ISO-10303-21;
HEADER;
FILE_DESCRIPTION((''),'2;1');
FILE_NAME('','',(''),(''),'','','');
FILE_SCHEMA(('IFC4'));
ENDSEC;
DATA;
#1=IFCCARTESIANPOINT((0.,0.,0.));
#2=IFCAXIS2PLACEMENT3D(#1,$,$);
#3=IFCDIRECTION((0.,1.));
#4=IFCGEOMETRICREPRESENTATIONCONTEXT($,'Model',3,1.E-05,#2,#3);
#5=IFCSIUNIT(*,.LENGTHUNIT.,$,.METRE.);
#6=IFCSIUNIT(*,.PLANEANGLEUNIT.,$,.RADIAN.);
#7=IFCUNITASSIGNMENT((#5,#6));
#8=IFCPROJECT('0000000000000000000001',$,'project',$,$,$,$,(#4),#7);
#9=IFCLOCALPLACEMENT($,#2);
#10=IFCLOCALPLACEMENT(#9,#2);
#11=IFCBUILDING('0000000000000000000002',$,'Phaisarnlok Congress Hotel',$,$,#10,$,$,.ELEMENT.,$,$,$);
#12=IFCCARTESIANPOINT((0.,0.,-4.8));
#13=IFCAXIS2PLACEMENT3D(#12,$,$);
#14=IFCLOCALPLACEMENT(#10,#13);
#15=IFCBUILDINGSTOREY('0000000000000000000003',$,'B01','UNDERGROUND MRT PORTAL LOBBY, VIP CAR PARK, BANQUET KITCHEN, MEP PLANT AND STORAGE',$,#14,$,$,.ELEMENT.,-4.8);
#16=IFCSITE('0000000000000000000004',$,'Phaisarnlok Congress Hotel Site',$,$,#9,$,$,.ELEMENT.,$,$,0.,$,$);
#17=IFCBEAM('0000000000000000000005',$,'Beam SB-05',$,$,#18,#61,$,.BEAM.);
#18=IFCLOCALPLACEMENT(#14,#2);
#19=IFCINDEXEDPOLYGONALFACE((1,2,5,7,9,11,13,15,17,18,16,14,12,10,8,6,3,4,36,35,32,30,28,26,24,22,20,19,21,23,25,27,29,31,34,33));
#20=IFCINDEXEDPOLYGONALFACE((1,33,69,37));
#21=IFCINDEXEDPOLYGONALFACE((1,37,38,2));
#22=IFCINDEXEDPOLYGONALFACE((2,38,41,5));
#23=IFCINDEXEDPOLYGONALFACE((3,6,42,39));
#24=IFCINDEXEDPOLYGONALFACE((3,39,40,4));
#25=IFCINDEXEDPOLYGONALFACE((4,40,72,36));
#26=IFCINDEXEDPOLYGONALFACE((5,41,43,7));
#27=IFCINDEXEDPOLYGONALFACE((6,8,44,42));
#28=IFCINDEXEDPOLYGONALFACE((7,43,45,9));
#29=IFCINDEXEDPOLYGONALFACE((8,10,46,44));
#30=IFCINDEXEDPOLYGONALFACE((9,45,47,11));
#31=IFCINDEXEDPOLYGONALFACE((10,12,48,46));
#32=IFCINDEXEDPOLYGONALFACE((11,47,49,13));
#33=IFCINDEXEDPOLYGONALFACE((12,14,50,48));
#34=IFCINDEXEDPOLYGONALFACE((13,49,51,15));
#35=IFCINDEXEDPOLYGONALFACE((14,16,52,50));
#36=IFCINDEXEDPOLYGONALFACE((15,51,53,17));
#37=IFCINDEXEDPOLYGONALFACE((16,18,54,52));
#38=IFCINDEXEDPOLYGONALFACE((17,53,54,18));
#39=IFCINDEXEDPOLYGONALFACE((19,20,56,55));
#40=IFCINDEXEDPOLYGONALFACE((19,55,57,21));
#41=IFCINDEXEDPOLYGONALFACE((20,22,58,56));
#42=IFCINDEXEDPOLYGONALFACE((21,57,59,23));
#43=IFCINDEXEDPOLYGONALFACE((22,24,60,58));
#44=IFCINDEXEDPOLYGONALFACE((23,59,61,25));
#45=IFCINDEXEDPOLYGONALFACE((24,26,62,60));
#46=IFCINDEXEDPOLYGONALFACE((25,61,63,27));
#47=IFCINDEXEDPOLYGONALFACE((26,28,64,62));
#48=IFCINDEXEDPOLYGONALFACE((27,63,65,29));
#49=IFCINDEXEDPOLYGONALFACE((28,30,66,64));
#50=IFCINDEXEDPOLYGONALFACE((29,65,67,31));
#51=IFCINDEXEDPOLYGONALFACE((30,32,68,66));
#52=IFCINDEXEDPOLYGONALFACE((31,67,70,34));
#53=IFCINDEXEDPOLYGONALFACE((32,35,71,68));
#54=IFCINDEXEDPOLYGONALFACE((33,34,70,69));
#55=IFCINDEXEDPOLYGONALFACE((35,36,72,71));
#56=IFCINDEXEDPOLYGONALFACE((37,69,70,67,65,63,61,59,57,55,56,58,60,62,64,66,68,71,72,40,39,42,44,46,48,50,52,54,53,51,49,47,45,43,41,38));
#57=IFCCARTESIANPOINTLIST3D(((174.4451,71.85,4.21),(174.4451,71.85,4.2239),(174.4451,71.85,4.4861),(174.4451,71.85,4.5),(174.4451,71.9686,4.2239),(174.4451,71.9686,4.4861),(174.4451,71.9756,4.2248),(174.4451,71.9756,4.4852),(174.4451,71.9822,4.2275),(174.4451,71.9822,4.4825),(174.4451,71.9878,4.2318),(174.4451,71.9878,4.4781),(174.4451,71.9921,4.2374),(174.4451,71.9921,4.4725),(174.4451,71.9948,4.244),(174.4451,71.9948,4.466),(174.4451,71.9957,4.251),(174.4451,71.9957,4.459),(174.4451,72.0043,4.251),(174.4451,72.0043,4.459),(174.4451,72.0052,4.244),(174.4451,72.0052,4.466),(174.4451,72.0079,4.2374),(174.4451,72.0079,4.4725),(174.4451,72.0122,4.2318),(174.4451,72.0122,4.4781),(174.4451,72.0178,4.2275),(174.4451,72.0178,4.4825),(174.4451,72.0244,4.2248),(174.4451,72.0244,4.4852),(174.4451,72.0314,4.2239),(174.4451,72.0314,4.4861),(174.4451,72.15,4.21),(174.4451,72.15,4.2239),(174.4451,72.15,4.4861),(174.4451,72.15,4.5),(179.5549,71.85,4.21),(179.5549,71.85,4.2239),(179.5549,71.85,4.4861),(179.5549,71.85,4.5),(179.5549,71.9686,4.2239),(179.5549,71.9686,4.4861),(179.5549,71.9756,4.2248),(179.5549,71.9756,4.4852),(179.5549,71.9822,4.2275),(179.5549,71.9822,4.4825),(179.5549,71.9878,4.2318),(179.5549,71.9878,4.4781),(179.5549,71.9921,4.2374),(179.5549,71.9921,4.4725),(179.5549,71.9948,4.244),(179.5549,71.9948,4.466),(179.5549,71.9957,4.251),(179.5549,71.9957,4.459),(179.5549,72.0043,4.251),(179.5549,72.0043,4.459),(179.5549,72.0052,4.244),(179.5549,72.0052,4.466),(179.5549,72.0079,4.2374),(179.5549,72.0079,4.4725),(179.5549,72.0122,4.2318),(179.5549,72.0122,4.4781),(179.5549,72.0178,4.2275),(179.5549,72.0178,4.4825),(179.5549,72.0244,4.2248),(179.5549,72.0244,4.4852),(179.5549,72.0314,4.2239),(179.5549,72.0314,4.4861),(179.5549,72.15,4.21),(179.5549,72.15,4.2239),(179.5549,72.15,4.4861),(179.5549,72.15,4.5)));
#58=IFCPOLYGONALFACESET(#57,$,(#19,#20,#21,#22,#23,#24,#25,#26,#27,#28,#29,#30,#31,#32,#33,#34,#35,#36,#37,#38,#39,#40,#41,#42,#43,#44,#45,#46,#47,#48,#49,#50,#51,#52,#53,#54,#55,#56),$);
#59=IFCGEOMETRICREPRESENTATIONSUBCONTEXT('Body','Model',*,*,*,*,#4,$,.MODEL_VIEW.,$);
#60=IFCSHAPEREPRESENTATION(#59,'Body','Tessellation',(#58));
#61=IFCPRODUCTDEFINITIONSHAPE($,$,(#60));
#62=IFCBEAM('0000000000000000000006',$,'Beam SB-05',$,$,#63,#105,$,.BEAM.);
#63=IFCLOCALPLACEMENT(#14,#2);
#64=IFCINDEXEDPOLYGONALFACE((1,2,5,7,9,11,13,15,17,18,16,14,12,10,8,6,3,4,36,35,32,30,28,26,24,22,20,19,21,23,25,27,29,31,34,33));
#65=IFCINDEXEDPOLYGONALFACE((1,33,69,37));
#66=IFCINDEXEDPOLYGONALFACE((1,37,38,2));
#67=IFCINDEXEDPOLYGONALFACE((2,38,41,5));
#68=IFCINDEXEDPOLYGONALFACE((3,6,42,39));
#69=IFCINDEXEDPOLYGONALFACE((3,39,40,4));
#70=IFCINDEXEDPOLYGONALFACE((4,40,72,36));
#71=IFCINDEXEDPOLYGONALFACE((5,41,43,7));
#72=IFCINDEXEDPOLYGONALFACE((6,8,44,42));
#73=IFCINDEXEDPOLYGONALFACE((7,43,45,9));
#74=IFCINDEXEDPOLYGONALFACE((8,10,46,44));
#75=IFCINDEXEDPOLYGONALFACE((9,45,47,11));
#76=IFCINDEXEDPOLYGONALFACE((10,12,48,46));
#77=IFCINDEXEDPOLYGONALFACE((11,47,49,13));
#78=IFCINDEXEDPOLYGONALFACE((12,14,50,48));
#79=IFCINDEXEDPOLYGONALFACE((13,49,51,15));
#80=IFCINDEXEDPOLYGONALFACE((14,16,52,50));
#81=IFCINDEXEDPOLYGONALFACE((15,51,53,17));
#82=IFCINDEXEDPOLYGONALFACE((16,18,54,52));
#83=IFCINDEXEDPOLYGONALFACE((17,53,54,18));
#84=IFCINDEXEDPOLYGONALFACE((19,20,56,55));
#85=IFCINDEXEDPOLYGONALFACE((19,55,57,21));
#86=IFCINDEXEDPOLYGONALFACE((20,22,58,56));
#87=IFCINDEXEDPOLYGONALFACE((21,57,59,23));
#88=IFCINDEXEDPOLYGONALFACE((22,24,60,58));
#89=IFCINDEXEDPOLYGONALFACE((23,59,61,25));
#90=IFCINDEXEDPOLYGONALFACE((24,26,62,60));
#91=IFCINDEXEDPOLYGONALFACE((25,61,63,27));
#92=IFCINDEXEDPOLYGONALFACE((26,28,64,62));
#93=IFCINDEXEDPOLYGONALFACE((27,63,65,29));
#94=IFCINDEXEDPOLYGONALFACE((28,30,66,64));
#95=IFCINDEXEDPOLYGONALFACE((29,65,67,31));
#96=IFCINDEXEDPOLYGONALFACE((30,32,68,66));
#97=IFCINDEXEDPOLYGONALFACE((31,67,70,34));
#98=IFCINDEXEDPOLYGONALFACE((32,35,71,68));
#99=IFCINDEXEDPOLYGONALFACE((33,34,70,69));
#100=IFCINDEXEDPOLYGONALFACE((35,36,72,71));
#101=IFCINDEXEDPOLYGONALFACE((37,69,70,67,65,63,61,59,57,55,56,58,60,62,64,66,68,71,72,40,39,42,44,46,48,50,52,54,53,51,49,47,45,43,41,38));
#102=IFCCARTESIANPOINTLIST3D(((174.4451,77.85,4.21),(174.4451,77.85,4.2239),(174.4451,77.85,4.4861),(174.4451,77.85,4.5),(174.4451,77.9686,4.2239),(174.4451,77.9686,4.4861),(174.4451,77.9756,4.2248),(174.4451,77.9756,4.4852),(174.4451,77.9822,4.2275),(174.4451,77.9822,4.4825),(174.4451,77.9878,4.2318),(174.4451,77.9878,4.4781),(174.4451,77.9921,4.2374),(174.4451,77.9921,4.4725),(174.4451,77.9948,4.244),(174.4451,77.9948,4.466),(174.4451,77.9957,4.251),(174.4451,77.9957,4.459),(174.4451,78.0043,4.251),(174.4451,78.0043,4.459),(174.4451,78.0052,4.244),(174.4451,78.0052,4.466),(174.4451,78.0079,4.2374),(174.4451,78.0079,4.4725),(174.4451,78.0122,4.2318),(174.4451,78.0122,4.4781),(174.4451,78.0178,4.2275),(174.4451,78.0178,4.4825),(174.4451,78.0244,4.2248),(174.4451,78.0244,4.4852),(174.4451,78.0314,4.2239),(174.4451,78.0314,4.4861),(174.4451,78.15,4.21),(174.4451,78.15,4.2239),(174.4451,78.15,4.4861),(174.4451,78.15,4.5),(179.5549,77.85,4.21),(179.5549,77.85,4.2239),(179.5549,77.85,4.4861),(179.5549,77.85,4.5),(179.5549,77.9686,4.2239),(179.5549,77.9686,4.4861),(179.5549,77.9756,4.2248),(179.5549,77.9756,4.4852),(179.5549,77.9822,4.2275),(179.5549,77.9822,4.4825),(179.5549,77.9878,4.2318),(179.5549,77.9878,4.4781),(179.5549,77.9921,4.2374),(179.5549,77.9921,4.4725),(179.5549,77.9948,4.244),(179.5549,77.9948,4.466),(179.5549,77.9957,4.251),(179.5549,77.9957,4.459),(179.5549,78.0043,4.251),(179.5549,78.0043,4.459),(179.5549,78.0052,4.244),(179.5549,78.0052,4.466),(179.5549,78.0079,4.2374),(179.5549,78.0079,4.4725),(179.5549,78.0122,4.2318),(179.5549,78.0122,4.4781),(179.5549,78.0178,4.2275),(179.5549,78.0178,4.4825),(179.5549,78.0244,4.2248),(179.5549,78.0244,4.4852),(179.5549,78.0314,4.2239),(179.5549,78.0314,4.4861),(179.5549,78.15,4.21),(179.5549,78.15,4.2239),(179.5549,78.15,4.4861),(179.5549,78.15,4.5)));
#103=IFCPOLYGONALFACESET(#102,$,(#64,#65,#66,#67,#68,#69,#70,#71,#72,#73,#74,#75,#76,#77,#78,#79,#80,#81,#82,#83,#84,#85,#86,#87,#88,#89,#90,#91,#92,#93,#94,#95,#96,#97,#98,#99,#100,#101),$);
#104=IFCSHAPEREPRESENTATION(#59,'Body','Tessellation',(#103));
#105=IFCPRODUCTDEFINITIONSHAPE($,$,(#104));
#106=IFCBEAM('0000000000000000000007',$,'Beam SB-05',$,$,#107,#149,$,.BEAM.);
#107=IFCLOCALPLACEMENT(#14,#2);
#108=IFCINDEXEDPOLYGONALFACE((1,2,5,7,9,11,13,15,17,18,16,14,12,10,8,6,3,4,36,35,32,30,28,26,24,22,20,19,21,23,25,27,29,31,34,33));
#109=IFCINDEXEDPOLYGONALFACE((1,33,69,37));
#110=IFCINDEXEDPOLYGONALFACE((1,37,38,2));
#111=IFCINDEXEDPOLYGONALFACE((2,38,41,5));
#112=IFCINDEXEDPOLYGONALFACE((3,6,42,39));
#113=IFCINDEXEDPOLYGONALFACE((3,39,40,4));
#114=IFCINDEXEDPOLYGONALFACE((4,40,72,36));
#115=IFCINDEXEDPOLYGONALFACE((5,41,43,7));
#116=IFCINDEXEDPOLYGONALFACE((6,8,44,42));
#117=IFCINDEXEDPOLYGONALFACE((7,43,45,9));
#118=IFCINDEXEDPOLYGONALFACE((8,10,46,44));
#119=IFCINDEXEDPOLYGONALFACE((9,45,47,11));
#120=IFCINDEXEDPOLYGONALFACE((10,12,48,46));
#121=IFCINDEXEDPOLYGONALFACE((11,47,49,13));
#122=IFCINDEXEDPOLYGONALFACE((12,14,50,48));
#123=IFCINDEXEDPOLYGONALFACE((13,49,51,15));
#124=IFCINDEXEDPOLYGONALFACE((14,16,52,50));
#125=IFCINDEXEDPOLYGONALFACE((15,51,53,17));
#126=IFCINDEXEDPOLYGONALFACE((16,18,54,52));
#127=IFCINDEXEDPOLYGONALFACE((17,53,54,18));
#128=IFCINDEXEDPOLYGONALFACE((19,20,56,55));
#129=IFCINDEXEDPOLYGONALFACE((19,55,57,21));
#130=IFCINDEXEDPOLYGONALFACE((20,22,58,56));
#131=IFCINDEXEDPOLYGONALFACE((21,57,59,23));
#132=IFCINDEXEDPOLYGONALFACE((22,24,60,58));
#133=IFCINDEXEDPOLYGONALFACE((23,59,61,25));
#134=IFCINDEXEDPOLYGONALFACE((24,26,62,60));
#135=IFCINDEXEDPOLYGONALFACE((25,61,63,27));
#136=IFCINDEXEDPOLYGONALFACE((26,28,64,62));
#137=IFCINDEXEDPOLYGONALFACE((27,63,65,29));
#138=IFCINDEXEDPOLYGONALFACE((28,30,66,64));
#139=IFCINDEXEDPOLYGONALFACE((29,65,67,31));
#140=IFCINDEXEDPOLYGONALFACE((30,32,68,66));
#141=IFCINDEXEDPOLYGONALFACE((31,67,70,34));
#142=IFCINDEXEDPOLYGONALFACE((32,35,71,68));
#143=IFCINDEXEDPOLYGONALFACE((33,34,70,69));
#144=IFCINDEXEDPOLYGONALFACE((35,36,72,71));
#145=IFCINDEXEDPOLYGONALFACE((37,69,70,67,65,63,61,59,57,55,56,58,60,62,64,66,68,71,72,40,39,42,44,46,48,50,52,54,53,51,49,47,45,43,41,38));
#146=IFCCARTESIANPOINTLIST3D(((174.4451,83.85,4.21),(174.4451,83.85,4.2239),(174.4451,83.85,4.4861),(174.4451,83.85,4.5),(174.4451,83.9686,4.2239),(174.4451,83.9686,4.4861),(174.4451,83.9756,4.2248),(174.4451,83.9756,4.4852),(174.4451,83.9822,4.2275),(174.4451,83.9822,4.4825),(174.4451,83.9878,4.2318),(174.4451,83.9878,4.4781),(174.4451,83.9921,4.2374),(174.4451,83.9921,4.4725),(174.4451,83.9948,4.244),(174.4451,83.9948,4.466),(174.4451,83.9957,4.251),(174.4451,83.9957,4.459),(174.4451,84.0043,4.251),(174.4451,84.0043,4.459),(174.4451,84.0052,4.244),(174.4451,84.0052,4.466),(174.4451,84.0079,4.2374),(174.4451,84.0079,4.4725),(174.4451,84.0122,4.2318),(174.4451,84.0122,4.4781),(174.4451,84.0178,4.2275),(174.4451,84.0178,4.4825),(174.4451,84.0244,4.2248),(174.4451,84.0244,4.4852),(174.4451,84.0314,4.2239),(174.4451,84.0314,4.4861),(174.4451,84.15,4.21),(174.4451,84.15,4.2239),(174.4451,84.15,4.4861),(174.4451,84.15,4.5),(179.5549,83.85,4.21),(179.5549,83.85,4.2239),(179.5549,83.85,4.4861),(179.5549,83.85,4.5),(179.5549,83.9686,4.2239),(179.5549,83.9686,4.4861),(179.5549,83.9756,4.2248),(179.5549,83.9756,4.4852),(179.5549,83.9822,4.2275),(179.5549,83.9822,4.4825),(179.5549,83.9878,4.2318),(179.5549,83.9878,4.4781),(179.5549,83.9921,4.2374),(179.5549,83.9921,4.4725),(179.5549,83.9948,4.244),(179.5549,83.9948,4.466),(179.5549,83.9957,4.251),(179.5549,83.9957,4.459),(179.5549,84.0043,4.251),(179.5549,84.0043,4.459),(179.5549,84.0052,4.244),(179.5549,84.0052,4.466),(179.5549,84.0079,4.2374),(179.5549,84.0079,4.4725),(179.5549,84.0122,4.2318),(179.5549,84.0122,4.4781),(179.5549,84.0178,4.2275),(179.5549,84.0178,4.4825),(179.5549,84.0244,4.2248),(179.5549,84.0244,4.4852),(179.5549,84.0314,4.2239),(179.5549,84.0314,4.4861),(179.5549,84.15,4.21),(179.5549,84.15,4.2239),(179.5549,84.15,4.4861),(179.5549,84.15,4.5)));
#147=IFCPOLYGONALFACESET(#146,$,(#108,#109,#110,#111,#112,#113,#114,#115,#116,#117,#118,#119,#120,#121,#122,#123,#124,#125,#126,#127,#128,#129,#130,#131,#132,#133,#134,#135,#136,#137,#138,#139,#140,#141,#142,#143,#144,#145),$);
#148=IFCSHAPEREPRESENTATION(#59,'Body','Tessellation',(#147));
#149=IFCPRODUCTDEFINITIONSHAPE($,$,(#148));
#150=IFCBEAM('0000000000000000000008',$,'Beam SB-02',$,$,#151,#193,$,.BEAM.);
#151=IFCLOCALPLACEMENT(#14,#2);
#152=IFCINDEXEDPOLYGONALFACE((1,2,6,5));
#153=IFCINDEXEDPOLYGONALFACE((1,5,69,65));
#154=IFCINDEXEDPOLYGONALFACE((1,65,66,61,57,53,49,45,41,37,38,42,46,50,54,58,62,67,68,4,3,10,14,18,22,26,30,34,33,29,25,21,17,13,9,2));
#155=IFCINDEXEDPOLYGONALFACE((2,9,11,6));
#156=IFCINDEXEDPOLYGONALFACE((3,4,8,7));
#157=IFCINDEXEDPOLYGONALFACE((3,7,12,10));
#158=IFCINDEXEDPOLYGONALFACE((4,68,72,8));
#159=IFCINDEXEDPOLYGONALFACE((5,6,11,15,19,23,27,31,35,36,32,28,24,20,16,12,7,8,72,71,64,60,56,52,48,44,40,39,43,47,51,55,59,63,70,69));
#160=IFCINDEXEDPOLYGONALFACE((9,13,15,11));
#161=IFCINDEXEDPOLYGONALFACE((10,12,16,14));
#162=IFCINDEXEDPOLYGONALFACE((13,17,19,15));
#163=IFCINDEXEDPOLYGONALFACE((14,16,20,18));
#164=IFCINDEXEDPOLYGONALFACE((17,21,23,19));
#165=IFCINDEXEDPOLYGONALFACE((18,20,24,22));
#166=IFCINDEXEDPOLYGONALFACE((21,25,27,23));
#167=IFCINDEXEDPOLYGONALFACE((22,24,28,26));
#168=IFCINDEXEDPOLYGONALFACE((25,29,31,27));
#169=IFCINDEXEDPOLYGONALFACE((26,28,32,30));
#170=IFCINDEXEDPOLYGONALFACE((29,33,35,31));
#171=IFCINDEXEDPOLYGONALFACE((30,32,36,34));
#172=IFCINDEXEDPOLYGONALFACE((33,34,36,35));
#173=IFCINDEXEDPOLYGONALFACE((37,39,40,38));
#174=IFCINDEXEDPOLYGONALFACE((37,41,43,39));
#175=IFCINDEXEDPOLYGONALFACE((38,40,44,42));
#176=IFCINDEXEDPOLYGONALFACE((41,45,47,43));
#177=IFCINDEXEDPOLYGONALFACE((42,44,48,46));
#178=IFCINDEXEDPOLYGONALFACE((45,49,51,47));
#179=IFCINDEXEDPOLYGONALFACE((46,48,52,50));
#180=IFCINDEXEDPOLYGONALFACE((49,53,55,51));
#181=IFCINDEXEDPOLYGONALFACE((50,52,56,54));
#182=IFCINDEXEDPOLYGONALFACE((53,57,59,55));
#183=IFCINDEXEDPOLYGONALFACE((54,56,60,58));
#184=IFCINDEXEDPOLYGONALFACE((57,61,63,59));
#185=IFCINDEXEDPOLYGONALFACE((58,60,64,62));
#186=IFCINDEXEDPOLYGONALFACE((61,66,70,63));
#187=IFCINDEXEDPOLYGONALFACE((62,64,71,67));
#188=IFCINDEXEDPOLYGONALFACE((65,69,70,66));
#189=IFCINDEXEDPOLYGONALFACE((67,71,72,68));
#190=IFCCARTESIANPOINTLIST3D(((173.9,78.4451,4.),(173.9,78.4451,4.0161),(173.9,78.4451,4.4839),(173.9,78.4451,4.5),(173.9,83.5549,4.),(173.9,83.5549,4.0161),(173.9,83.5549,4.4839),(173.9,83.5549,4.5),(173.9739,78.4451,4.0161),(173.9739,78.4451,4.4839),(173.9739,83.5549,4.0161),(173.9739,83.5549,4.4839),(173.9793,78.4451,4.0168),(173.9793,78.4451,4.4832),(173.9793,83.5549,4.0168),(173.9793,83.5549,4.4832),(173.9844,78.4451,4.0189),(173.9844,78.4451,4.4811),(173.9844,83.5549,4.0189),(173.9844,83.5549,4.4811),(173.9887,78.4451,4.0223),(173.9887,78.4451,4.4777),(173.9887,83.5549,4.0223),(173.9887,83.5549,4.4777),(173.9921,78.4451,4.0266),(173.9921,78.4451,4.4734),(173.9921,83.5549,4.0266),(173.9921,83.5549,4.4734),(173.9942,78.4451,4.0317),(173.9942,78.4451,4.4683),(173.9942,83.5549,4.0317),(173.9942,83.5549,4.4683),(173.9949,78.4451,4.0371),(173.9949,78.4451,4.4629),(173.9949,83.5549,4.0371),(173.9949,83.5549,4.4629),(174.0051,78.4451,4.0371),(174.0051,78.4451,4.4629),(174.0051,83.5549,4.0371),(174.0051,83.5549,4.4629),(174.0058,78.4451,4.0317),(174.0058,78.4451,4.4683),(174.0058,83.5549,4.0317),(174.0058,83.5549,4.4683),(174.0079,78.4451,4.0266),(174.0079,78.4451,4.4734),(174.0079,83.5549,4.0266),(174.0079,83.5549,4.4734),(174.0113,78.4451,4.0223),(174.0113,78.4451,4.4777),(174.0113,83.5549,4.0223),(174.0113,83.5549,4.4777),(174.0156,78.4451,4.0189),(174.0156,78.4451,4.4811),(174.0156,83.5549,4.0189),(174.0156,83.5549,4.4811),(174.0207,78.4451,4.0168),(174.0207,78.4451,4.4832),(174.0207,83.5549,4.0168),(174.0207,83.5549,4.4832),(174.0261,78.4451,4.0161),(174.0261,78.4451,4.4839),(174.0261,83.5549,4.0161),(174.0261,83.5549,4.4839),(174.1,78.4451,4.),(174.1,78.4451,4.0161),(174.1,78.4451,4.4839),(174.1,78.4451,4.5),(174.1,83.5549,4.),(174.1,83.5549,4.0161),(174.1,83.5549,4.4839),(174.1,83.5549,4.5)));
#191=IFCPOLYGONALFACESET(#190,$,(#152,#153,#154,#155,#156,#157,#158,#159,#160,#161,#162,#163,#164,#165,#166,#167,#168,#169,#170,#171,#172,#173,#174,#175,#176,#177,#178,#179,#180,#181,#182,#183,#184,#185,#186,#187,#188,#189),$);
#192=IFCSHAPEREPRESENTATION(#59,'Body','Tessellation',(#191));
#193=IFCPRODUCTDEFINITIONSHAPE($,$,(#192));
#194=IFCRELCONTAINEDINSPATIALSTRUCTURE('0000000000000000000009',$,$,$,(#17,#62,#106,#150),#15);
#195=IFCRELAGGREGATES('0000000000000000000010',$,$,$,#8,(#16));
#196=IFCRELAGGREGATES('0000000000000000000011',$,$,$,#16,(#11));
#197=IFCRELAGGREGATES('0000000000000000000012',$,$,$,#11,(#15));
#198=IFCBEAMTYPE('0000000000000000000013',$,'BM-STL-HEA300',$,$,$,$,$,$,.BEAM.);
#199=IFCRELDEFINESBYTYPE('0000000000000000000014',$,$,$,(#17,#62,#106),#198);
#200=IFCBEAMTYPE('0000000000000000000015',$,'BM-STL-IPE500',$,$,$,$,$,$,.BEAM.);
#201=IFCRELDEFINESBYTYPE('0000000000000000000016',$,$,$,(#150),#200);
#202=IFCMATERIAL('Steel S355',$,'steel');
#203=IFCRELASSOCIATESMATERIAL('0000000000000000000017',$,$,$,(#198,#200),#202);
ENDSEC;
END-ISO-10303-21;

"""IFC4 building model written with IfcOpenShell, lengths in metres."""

from ifc_helpers import new_model, si_unit, direction, frame, origin, origin_2d, place, context, subcontext, project, spatial, i_section, extrude, material, material_profile, profile_set, type_object, element, save


model = new_model("IFC4")

# Units and contexts
model_context = context("Model", 3, precision=1e-05, world=origin(), true_north=direction((0.0, 1.0)))
body_context = subcontext(model_context, "Body", "Model", "MODEL_VIEW")
ifc_project = project(units=[si_unit("LENGTHUNIT", "METRE"), si_unit("PLANEANGLEUNIT", "RADIAN")], contexts=[model_context])

# Site, building, storey
site_placement = place(None, origin())
site = spatial("IfcSite", under=ifc_project, at=site_placement, Name="Phaisarnlok Congress Hotel Site", CompositionType="ELEMENT", RefElevation=0.0)
building_placement = place(site_placement, origin())
building = spatial("IfcBuilding", under=site, at=building_placement, Name="Phaisarnlok Congress Hotel", CompositionType="ELEMENT")
storey_placement = place(building_placement, frame((0.0, 0.0, -4.8)))
storey = spatial("IfcBuildingStorey", under=building, at=storey_placement, Name="B01", Description="UNDERGROUND MRT PORTAL LOBBY, VIP CAR PARK, BANQUET KITCHEN, MEP PLANT AND STORAGE", CompositionType="ELEMENT", Elevation=-4.8)

# Beams
ifc_material_1 = material(Name="Steel S355", Category="steel")
ifc_material_profile_1 = material_profile(ifc_material_1, i_section(OverallWidth=0.3, OverallDepth=0.29, WebThickness=0.0085, FlangeThickness=0.0139, FilletRadius=0.0271, at=origin_2d()), Name="HEA 300")
ifc_profile_set_1 = profile_set([ifc_material_profile_1], Name="Steel S355")
beam_type_1 = type_object("IfcBeamType", Name="BM-STL-HEA300", PredefinedType="BEAM", material=ifc_profile_set_1)
for number, where, z_axis, x_axis, name in (
    (1, (174.4451, 72.0, 4.355), (1.0, 0.0, 0.0), (0.0, 1.0, 0.0), "Beam SB-05"),
    (2, (174.4451, 78.0, 4.355), (1.0, 0.0, 0.0), (0.0, 1.0, 0.0), "Beam SB-05"),
    (3, (174.4451, 84.0, 4.355), (1.0, 0.0, 0.0), (0.0, 1.0, 0.0), "Beam SB-05"),
):
    element("IfcBeam", number, at=place(storey_placement, frame(where, z_axis=z_axis, x_axis=x_axis)), inside=storey, type_object=beam_type_1, Name=name, PredefinedType="BEAM", context=body_context, shape_type="SweptSolid", body=[
        extrude(i_section(OverallWidth=0.3, OverallDepth=0.29, WebThickness=0.0085, FlangeThickness=0.0139, FilletRadius=0.0271, at=origin_2d()), origin(), (0.0, 0.0, 1.0), 5.1099),
    ])
ifc_material_profile_2 = material_profile(ifc_material_1, i_section(OverallWidth=0.2, OverallDepth=0.5, WebThickness=0.0103, FlangeThickness=0.0161, FilletRadius=0.021, at=origin_2d()), Name="IPE 500")
ifc_profile_set_2 = profile_set([ifc_material_profile_2], Name="Steel S355")
beam_type_2 = type_object("IfcBeamType", Name="BM-STL-IPE500", PredefinedType="BEAM", material=ifc_profile_set_2)
beam_placement = place(storey_placement, frame((174.0, 78.4451, 4.25), z_axis=(0.0, 1.0, 0.0), x_axis=(-1.0, 0.0, 0.0)))
element("IfcBeam", 4, at=beam_placement, inside=storey, type_object=beam_type_2, Name="Beam SB-02", PredefinedType="BEAM", context=body_context, shape_type="SweptSolid", body=[
    extrude(i_section(OverallWidth=0.2, OverallDepth=0.5, WebThickness=0.0103, FlangeThickness=0.0161, FilletRadius=0.021, at=origin_2d()), origin(), (0.0, 0.0, 1.0), 5.1099),
])

save(model, "model.ifc")
